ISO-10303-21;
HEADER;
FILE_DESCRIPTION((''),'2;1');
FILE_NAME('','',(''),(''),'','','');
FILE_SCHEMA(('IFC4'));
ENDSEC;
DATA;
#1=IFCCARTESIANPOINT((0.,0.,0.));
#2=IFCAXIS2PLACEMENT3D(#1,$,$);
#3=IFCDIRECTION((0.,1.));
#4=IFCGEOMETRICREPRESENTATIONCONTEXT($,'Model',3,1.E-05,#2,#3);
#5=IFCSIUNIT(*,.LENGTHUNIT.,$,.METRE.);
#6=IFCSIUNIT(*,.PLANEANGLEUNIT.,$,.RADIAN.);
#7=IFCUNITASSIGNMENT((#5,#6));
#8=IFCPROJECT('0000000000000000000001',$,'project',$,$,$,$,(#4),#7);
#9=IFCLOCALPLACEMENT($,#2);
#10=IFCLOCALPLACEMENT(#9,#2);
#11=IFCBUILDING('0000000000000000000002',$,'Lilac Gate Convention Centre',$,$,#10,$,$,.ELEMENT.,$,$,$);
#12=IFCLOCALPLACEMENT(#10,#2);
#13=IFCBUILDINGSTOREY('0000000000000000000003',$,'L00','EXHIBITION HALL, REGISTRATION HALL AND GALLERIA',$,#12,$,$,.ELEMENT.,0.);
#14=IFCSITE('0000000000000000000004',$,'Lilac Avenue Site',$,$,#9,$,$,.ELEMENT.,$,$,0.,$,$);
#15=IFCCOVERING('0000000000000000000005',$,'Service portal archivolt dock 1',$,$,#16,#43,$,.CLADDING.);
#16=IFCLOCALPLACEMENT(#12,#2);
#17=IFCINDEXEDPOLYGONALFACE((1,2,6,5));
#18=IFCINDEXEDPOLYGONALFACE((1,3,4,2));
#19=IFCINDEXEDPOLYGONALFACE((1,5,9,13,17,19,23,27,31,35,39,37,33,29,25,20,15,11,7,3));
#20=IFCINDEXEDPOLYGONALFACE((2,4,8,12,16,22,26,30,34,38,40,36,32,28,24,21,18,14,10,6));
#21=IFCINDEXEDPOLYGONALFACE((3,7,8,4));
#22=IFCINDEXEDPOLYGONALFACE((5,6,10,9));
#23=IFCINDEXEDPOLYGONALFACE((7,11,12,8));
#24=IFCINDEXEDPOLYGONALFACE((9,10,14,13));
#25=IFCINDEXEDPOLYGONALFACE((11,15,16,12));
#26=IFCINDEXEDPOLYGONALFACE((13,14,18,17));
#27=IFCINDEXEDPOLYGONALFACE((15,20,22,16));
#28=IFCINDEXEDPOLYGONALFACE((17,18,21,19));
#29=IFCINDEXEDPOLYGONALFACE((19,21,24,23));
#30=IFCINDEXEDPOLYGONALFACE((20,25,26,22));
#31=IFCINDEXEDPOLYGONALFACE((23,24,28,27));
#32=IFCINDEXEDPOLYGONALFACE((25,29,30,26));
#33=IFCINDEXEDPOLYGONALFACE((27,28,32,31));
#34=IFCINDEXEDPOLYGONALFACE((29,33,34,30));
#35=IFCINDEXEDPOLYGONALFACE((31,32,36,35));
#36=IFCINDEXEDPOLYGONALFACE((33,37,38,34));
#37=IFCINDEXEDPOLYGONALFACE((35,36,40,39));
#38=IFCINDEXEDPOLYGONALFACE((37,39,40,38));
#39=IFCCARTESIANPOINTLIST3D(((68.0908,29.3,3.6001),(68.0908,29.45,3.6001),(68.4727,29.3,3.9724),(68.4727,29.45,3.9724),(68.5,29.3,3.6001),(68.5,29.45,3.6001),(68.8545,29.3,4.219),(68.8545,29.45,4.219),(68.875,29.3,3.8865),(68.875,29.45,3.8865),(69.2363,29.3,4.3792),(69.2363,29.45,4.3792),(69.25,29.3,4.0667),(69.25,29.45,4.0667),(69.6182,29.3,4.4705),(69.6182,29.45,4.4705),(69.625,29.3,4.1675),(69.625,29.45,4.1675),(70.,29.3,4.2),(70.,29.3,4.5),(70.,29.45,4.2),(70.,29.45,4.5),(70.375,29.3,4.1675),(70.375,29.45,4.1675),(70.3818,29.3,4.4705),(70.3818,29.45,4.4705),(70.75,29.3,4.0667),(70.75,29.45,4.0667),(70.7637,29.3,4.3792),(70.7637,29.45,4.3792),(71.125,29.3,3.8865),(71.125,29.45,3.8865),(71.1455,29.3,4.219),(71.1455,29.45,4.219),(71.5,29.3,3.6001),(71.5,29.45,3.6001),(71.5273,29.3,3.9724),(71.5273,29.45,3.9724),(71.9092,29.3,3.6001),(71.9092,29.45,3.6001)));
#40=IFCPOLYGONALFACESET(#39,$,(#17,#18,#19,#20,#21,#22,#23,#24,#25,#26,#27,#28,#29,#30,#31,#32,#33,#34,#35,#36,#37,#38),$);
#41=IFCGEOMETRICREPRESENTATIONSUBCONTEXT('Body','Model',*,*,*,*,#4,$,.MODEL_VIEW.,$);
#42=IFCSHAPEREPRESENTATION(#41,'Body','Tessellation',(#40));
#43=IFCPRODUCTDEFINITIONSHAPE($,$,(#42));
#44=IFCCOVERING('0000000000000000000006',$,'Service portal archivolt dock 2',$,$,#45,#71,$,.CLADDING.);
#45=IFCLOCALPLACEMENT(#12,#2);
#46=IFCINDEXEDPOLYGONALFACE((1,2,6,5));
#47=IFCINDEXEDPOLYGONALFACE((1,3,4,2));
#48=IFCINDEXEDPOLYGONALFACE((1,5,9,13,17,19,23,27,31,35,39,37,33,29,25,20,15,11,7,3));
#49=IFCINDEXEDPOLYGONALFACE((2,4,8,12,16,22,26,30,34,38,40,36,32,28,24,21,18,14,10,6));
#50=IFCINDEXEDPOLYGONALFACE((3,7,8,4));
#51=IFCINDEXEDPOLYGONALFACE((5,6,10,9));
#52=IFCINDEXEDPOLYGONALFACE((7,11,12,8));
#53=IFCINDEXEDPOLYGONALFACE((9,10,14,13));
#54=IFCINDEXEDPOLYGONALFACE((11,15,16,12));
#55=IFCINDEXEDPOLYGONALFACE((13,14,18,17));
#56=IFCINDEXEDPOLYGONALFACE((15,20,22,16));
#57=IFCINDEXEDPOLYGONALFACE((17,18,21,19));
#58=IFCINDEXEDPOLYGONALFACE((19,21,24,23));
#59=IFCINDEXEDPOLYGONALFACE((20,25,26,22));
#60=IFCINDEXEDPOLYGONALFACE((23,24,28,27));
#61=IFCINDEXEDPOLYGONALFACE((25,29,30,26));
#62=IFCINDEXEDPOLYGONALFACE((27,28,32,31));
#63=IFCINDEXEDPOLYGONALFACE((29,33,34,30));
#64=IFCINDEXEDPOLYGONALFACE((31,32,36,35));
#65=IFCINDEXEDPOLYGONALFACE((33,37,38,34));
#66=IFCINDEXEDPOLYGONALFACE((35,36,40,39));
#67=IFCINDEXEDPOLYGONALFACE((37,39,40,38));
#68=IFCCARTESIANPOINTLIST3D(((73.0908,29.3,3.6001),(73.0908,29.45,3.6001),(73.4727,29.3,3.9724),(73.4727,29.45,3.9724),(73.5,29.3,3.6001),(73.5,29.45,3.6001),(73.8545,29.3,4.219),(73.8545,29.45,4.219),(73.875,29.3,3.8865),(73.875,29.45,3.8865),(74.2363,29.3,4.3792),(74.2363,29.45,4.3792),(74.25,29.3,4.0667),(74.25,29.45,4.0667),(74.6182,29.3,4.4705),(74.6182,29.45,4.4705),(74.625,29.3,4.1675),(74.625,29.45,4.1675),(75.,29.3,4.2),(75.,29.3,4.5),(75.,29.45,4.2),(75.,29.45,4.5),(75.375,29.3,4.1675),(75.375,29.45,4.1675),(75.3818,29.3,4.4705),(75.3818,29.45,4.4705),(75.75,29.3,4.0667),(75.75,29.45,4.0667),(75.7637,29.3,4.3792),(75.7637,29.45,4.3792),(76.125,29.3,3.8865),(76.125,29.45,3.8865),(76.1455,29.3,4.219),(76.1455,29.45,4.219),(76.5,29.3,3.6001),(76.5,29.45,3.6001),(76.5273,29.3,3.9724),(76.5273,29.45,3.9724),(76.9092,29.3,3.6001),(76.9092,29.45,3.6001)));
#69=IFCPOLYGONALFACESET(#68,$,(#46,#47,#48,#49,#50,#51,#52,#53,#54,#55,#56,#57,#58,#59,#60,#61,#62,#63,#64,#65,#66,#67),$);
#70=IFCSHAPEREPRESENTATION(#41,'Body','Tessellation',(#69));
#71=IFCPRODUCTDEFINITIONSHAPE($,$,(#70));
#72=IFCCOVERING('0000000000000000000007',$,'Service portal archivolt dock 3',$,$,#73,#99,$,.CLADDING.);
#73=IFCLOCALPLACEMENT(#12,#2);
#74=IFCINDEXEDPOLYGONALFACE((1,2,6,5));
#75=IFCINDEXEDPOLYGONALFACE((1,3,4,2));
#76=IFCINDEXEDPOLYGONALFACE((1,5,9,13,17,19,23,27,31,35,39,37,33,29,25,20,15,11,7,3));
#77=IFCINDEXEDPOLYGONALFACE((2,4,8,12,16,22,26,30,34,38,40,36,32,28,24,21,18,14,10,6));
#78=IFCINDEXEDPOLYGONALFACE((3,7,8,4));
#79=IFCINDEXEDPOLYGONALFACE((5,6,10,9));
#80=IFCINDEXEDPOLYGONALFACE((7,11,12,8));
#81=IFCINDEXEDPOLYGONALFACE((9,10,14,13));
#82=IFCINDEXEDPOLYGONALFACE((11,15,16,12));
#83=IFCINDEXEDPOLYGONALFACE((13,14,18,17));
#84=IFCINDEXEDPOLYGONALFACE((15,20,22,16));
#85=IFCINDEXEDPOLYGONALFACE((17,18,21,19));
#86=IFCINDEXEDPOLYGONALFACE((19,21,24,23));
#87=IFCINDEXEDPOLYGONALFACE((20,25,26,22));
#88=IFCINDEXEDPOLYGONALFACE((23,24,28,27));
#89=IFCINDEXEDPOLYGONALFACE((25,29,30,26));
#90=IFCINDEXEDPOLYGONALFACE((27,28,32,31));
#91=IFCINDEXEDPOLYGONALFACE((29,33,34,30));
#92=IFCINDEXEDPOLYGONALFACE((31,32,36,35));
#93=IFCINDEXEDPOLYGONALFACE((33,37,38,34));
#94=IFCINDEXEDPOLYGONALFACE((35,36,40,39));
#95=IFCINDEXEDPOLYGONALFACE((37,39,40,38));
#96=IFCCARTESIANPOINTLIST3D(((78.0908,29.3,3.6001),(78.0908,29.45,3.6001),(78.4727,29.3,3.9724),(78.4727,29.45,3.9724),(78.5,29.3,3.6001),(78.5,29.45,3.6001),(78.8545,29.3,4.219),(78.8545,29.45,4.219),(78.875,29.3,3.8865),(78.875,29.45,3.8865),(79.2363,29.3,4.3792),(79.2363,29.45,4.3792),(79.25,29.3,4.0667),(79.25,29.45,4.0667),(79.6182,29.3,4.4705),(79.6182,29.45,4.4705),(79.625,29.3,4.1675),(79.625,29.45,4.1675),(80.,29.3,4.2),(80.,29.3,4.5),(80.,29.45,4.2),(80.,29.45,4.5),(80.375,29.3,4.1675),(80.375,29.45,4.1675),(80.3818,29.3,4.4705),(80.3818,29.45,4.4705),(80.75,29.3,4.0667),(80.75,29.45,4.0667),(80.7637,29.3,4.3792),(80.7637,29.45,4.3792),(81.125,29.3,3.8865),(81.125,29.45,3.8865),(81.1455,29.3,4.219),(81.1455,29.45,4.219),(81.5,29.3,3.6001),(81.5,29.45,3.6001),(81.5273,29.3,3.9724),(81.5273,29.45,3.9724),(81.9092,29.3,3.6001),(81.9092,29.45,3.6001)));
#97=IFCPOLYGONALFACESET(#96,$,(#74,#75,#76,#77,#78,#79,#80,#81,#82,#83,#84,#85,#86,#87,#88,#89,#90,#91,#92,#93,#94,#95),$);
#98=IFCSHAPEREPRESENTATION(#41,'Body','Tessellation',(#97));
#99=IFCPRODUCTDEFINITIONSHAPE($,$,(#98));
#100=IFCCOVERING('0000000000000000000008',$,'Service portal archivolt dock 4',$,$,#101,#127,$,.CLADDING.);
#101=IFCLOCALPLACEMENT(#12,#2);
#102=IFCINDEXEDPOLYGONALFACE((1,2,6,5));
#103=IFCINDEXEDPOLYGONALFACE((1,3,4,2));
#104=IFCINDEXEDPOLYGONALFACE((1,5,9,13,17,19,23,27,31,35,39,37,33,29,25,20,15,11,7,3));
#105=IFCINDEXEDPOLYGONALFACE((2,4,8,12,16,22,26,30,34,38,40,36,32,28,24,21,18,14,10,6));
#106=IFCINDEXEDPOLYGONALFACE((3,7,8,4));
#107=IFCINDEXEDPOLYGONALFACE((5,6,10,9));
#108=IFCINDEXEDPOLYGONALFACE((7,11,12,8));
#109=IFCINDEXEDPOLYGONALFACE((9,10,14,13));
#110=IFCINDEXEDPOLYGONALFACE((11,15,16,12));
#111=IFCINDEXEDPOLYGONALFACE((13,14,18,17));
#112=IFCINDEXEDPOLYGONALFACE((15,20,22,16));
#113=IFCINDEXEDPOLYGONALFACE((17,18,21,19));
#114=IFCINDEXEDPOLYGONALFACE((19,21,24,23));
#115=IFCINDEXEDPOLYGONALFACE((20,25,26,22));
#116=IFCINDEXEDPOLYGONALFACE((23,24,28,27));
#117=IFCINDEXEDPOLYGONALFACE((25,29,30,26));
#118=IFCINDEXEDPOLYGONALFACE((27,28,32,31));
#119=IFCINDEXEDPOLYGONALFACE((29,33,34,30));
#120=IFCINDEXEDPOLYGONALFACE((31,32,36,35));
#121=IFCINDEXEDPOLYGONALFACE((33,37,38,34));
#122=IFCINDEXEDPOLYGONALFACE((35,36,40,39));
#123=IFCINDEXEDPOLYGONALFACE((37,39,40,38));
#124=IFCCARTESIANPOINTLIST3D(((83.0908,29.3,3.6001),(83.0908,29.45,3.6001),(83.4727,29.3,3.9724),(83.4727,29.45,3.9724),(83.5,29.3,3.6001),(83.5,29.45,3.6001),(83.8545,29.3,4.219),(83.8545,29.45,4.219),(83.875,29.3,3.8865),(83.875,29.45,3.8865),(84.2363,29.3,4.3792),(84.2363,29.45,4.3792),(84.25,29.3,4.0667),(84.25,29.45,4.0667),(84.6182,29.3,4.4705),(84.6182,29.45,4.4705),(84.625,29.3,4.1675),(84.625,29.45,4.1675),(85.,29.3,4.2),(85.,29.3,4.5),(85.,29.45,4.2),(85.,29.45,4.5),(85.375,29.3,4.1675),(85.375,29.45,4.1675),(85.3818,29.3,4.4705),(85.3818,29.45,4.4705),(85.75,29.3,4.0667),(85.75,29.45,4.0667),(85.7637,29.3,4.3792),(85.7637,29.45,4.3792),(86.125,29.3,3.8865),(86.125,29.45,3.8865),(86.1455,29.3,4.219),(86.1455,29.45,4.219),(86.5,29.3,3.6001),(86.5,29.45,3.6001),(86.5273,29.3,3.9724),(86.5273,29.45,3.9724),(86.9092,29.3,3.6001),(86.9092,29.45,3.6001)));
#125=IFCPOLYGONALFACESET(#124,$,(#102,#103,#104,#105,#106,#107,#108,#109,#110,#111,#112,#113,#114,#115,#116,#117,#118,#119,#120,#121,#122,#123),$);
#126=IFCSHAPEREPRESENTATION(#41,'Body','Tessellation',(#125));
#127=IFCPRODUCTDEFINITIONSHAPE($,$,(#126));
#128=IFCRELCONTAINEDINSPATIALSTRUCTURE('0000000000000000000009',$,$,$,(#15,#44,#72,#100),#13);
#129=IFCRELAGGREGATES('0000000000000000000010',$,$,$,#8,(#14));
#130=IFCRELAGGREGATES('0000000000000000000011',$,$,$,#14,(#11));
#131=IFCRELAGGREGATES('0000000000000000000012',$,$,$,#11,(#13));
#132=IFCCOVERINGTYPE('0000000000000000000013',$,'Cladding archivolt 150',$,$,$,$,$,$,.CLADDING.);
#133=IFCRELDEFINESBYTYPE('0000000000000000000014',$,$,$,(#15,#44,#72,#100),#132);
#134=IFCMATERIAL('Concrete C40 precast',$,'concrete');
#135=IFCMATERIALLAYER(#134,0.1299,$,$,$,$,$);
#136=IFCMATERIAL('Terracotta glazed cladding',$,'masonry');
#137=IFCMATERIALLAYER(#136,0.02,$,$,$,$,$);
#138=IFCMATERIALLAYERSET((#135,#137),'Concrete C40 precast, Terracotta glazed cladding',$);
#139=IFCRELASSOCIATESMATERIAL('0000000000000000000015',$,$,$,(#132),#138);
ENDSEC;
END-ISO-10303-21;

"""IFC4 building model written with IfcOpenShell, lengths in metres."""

from ifc_helpers import new_model, si_unit, direction, frame, origin, place, context, subcontext, project, spatial, polyline, outline, extrude, material, layer, layer_set, type_object, element, save


model = new_model("IFC4")

# Units and contexts
model_context = context("Model", 3, precision=1e-05, world=origin(), true_north=direction((0.0, 1.0)))
body_context = subcontext(model_context, "Body", "Model", "MODEL_VIEW")
ifc_project = project(units=[si_unit("LENGTHUNIT", "METRE"), si_unit("PLANEANGLEUNIT", "RADIAN")], contexts=[model_context])

# Site, building, storey
site_placement = place(None, origin())
site = spatial("IfcSite", under=ifc_project, at=site_placement, Name="Lilac Avenue Site", CompositionType="ELEMENT", RefElevation=0.0)
building_placement = place(site_placement, origin())
building = spatial("IfcBuilding", under=site, at=building_placement, Name="Lilac Gate Convention Centre", CompositionType="ELEMENT")
storey_placement = place(building_placement, origin())
storey = spatial("IfcBuildingStorey", under=building, at=storey_placement, Name="L00", Description="EXHIBITION HALL, REGISTRATION HALL AND GALLERIA", CompositionType="ELEMENT", Elevation=0.0)

# Coverings
ifc_material_1 = material(Name="Concrete C40 precast", Category="concrete")
ifc_layer_1 = layer(ifc_material_1, 0.1299)
ifc_material_2 = material(Name="Terracotta glazed cladding", Category="masonry")
ifc_layer_2 = layer(ifc_material_2, 0.02)
ifc_layer_set_1 = layer_set([ifc_layer_1, ifc_layer_2], Name="Concrete C40 precast, Terracotta glazed cladding")
covering_type = type_object("IfcCoveringType", Name="Cladding archivolt 150", PredefinedType="CLADDING", material=ifc_layer_set_1)
for number, where, z_axis, x_axis, name in (
    (1, (68.0908, 29.375, 3.6001), (0.0, 0.0, 1.0), (1.0, 0.0, 0.0), "Service portal archivolt dock 1"),
    (2, (73.0908, 29.375, 3.6001), (0.0, 0.0, 1.0), (1.0, 0.0, 0.0), "Service portal archivolt dock 2"),
    (3, (78.0908, 29.375, 3.6001), (0.0, 0.0, 1.0), (1.0, 0.0, 0.0), "Service portal archivolt dock 3"),
    (4, (83.0908, 29.375, 3.6001), (0.0, 0.0, 1.0), (1.0, 0.0, 0.0), "Service portal archivolt dock 4"),
):
    element("IfcCovering", number, at=place(storey_placement, frame(where, z_axis=z_axis, x_axis=x_axis)), inside=storey, type_object=covering_type, Name=name, PredefinedType="CLADDING", context=body_context, shape_type="SweptSolid", body=[
        extrude(outline(polyline([(0.0, 0.0), (0.4092, 0.0), (0.4092, 0.0), (0.7842, 0.2864), (1.1592, 0.4666), (1.5342, 0.5674), (1.9092, 0.5999), (2.2842, 0.5674), (2.6592, 0.4666), (3.0342, 0.2864), (3.4092, 0.0), (3.4092, 0.0), (3.8184, 0.0), (3.8184, 0.0), (3.4365, 0.3723), (3.0547, 0.6189), (2.6729, 0.7791), (2.291, 0.8704), (1.9092, 0.8999), (1.5273, 0.8704), (1.1455, 0.7791), (0.7637, 0.6189), (0.3818, 0.3723), (0.0, 0.0), (0.0, 0.0)])), frame((0.0, 0.075, 0.0), z_axis=(0.0, -1.0, 0.0), x_axis=(1.0, 0.0, 0.0)), (0.0, 0.0, 1.0), 0.1499),
    ])

save(model, "model.ifc")
